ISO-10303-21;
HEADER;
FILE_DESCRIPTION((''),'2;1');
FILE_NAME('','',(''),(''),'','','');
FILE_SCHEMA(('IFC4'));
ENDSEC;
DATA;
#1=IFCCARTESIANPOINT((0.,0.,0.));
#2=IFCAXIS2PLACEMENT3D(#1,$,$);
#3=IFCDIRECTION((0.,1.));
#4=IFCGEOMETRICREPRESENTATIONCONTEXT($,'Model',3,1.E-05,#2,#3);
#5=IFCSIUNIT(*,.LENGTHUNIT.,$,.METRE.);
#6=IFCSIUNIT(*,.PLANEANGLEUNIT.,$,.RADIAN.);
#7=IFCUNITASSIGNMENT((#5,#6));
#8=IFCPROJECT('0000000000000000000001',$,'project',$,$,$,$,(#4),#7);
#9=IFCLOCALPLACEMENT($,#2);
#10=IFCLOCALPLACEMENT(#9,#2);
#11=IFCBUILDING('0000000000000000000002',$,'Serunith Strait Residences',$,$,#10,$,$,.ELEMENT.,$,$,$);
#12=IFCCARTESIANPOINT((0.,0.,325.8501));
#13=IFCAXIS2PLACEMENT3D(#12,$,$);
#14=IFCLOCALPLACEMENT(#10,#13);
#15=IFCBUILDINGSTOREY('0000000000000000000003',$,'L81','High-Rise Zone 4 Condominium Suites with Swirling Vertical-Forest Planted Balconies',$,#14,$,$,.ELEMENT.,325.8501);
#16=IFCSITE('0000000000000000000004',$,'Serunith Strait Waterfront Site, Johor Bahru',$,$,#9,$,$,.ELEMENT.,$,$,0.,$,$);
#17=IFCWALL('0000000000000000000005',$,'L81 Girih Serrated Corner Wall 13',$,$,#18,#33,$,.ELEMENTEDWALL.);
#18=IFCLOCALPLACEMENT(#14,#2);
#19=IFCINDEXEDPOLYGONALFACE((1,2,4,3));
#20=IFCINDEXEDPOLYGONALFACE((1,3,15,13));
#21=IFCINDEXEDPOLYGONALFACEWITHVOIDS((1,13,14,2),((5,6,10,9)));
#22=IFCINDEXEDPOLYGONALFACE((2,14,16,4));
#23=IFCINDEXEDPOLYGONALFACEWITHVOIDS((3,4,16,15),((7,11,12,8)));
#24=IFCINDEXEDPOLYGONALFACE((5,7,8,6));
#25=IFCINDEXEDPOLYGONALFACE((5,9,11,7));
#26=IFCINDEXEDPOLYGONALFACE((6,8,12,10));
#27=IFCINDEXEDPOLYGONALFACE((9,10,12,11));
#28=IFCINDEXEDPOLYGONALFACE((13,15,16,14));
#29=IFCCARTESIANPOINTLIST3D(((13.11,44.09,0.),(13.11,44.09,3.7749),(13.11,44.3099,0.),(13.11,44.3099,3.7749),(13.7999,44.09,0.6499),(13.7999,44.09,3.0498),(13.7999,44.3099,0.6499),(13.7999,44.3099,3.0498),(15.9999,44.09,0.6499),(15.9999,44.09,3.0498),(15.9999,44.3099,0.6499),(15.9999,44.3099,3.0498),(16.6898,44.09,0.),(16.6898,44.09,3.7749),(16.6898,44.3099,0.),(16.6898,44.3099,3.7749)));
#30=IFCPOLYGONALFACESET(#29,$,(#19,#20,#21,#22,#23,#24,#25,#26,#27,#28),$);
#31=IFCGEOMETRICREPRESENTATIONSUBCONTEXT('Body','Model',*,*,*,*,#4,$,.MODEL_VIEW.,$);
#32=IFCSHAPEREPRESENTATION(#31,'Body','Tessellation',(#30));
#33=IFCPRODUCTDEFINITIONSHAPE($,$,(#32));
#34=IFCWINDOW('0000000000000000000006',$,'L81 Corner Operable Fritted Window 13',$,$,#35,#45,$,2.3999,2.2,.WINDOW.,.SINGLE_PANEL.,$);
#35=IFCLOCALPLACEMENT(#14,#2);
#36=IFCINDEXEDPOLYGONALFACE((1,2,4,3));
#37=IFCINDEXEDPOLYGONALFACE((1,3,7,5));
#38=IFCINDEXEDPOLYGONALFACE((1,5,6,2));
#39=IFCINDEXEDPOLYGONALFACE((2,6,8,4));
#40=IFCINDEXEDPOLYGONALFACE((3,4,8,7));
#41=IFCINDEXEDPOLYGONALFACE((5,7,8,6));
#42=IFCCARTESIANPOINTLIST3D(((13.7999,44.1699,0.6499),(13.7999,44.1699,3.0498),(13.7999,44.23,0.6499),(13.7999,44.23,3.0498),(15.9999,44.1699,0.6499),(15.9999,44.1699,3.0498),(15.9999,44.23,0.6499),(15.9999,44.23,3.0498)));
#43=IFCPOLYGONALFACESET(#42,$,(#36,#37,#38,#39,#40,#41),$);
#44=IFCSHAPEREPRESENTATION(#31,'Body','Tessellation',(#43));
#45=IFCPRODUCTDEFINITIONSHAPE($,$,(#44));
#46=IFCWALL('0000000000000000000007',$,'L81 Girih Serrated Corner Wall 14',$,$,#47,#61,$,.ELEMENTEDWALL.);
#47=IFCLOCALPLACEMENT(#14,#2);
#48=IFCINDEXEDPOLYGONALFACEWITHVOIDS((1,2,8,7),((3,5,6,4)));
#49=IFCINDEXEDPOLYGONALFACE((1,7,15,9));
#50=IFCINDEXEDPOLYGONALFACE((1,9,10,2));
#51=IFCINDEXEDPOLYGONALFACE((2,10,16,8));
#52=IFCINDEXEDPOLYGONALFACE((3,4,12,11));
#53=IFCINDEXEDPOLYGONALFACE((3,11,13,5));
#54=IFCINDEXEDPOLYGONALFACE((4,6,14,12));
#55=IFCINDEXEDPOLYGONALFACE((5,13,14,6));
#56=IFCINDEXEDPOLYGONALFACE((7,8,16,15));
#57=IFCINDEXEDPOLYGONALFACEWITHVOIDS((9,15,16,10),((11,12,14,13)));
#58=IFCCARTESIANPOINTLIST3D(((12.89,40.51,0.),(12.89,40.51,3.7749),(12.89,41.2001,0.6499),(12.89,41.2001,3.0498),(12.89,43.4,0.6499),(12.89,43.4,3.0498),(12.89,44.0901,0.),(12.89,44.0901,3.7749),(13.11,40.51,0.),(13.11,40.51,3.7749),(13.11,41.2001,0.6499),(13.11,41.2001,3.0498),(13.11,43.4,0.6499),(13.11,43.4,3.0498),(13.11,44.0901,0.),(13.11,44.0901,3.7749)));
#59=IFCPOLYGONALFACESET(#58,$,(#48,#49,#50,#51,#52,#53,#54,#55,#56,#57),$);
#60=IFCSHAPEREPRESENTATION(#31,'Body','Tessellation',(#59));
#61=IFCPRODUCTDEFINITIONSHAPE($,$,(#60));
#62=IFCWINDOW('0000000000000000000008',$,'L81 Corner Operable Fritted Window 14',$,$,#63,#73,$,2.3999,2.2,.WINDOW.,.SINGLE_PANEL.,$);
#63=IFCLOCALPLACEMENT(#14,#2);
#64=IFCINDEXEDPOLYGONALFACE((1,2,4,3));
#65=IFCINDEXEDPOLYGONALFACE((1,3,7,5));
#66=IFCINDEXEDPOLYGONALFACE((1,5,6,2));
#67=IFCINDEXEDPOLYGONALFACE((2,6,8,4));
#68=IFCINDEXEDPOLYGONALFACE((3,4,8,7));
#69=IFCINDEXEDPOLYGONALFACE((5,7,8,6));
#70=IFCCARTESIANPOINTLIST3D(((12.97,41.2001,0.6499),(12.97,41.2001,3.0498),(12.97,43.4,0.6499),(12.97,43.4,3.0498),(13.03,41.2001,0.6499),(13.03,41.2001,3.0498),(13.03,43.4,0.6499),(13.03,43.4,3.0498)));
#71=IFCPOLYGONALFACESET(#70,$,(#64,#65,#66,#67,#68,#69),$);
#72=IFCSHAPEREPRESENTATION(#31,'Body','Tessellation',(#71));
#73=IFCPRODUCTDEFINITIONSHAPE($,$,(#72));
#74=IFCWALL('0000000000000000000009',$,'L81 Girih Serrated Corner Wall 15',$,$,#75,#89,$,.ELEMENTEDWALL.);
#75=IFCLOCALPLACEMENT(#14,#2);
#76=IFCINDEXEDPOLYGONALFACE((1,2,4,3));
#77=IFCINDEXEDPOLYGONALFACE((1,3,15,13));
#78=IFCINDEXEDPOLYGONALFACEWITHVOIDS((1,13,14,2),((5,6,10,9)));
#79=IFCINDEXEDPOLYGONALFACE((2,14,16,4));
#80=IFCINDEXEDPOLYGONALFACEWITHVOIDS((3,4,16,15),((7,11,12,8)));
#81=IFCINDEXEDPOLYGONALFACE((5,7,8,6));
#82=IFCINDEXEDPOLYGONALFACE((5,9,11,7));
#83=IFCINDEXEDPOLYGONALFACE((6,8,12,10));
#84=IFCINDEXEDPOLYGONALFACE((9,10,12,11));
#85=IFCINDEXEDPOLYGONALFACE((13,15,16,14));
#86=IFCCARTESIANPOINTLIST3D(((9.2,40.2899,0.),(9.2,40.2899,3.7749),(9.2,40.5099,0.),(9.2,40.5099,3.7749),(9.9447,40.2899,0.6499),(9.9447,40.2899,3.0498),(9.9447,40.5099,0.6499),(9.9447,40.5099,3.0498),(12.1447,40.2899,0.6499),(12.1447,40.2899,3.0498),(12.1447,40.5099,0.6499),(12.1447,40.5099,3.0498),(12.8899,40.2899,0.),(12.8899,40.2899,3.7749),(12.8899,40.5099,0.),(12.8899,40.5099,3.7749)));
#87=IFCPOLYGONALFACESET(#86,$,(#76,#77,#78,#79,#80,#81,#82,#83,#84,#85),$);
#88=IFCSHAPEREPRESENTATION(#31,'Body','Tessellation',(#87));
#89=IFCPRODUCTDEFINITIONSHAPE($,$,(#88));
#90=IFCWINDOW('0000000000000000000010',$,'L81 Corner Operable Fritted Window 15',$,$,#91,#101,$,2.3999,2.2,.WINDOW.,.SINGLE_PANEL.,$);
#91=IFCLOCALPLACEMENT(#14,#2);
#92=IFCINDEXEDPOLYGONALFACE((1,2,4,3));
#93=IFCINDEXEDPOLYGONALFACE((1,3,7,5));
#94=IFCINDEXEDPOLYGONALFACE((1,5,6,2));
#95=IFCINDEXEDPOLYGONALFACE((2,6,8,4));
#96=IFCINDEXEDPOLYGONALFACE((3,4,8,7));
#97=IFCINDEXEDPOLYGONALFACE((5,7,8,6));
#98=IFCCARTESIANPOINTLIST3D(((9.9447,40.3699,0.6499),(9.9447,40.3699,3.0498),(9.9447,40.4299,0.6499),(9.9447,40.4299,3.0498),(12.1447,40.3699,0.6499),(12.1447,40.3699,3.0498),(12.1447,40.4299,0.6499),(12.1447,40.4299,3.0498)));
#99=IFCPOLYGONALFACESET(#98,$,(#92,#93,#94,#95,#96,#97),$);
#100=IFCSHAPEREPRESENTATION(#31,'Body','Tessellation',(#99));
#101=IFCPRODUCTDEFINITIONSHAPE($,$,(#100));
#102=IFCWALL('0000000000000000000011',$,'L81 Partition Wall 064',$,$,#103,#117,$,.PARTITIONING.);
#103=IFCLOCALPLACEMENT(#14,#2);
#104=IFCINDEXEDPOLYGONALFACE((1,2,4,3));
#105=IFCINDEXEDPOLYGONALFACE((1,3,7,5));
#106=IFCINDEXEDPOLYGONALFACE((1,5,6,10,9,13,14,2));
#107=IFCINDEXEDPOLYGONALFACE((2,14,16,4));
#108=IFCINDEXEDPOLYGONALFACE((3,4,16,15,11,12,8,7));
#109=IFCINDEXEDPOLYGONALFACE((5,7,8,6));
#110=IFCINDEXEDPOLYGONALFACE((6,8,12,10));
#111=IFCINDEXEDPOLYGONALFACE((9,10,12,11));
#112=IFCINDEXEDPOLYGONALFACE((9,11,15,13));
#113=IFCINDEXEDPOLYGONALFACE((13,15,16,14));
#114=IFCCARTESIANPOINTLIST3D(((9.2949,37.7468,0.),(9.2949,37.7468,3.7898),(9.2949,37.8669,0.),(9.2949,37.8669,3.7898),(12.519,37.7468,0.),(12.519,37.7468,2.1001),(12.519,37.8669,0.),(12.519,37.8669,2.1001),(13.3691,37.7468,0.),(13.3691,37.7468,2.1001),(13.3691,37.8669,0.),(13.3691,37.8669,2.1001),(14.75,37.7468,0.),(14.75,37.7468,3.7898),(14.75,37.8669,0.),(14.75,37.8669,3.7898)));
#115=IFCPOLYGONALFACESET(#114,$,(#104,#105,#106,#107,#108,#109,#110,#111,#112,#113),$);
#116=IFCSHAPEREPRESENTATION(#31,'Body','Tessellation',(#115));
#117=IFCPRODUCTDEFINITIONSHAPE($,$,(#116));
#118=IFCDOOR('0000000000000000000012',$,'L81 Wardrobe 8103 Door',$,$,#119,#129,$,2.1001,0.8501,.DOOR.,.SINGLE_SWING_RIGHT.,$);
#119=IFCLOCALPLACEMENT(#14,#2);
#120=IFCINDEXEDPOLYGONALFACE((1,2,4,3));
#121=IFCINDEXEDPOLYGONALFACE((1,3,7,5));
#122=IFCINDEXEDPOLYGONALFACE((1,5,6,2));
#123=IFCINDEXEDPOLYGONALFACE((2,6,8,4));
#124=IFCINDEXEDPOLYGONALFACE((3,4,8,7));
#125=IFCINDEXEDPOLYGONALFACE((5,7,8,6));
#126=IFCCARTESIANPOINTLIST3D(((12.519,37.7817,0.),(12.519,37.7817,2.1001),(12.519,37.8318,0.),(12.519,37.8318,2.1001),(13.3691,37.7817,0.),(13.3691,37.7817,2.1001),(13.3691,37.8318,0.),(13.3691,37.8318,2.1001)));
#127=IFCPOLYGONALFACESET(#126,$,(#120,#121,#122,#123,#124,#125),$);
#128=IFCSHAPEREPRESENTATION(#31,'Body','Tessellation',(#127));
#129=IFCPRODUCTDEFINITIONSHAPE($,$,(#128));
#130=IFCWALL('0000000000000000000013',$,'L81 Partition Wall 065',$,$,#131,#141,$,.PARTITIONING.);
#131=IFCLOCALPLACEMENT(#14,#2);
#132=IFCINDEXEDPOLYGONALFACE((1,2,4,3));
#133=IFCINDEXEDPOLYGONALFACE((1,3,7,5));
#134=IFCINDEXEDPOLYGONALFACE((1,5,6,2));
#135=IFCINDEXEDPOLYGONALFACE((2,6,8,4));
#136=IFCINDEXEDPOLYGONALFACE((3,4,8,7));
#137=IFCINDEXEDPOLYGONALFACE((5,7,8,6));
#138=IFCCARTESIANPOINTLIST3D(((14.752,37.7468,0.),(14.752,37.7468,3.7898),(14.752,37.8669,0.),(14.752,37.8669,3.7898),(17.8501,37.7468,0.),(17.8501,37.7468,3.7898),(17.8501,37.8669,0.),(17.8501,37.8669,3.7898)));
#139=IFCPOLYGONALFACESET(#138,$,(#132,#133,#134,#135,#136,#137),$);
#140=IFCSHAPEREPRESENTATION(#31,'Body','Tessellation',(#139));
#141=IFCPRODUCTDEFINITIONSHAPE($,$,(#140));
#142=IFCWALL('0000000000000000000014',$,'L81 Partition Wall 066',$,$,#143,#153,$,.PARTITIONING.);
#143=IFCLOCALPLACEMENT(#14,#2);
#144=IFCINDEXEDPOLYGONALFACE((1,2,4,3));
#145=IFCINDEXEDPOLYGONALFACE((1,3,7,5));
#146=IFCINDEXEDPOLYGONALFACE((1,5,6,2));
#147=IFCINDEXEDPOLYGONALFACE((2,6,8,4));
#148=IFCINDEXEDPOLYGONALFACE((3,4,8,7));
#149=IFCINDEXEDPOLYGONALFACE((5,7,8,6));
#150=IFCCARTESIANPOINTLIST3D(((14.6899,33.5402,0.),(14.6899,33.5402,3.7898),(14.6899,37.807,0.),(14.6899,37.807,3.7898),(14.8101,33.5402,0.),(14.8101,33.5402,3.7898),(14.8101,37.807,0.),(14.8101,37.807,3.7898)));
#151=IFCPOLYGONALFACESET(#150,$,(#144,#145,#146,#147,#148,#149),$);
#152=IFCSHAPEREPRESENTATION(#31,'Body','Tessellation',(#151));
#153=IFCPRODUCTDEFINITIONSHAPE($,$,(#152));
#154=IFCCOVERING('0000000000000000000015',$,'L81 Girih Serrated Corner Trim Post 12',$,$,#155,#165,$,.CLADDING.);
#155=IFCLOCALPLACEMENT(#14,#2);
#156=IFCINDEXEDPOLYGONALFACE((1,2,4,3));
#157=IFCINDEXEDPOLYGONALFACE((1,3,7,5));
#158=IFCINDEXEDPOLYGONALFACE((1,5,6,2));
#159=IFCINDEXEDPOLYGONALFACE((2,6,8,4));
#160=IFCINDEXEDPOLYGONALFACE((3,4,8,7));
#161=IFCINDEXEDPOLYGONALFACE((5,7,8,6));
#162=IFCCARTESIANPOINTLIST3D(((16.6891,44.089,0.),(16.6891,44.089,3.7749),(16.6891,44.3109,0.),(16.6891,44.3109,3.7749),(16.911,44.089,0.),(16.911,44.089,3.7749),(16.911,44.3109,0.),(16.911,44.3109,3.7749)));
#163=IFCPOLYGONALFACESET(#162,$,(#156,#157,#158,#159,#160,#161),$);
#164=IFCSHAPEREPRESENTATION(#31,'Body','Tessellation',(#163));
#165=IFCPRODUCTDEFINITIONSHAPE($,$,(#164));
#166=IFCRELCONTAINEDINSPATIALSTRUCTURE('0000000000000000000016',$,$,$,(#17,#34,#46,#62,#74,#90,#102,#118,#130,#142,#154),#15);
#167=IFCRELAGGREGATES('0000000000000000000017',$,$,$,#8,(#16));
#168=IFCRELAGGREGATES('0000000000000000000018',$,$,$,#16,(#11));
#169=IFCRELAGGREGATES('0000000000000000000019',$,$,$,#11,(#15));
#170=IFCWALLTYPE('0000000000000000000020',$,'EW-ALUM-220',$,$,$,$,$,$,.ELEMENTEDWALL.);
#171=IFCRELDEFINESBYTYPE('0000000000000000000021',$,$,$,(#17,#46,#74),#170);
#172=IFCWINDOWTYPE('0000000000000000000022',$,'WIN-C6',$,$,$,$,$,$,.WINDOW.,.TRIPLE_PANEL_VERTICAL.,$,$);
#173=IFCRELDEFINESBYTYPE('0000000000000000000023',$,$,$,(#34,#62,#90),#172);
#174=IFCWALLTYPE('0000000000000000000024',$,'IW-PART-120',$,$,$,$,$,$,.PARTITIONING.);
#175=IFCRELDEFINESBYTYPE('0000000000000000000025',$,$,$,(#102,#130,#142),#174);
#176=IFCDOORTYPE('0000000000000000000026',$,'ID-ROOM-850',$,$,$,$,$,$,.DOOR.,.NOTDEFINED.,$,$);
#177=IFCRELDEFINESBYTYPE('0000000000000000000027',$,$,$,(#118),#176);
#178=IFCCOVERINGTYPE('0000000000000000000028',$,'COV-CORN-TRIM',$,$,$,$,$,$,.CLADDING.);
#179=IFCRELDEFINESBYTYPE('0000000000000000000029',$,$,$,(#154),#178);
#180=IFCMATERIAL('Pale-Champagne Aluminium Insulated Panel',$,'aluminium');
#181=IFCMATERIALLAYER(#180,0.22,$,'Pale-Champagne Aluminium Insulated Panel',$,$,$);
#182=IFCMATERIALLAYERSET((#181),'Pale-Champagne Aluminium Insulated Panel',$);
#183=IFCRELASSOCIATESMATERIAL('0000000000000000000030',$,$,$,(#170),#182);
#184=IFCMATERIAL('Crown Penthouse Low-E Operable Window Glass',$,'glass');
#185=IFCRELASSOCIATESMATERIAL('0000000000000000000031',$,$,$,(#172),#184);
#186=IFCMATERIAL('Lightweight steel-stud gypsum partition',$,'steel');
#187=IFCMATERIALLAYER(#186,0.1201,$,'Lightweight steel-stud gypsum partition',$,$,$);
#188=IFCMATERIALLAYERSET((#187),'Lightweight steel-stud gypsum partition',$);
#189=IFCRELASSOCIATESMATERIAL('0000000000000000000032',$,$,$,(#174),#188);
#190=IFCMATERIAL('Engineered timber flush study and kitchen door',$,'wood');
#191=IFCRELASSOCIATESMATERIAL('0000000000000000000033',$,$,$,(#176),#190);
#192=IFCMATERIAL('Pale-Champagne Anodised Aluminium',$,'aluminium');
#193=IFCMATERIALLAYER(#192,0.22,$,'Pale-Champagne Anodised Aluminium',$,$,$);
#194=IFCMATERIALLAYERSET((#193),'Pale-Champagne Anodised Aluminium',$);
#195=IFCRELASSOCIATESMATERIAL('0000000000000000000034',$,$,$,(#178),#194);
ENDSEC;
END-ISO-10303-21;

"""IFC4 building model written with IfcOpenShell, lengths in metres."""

from ifc_helpers import new_model, si_unit, direction, frame, frame_2d, origin, origin_2d, place, context, subcontext, project, spatial, rectangle, extrude, source, transform, mapped, material, layer, layer_set, type_object, element, fill, save


model = new_model("IFC4")

# Units and contexts
model_context = context("Model", 3, precision=1e-05, world=origin(), true_north=direction((0.0, 1.0)))
body_context = subcontext(model_context, "Body", "Model", "MODEL_VIEW")
ifc_project = project(units=[si_unit("LENGTHUNIT", "METRE"), si_unit("PLANEANGLEUNIT", "RADIAN")], contexts=[model_context])

# Site, building, storey
site_placement = place(None, origin())
site = spatial("IfcSite", under=ifc_project, at=site_placement, Name="Serunith Strait Waterfront Site, Johor Bahru", CompositionType="ELEMENT", RefElevation=0.0)
building_placement = place(site_placement, origin())
building = spatial("IfcBuilding", under=site, at=building_placement, Name="Serunith Strait Residences", CompositionType="ELEMENT")
storey_placement = place(building_placement, frame((0.0, 0.0, 325.8501)))
storey = spatial("IfcBuildingStorey", under=building, at=storey_placement, Name="L81", Description="High-Rise Zone 4 Condominium Suites with Swirling Vertical-Forest Planted Balconies", CompositionType="ELEMENT", Elevation=325.8501)

# Walls, openings, windows
ifc_material_1 = material(Name="Pale-Champagne Aluminium Insulated Panel", Category="aluminium")
ifc_layer_1 = layer(ifc_material_1, 0.22, Name="Pale-Champagne Aluminium Insulated Panel")
ifc_layer_set_1 = layer_set([ifc_layer_1], Name="Pale-Champagne Aluminium Insulated Panel")
wall_type_1 = type_object("IfcWallType", Name="EW-ALUM-220", PredefinedType="ELEMENTEDWALL", material=ifc_layer_set_1)
ifc_material_2 = material(Name="Crown Penthouse Low-E Operable Window Glass", Category="glass")
window_type = type_object("IfcWindowType", Name="WIN-C6", PartitioningType="TRIPLE_PANEL_VERTICAL", PredefinedType="WINDOW", material=ifc_material_2)
shared_shape_1 = source(origin(), body_context, "Body", "SweptSolid", [
    extrude(rectangle(XDim=2.2, YDim=2.3999, at=frame_2d((1.1001, 1.2))), frame((0.0, 0.03, 0.0), z_axis=(0.0, -1.0, 0.0), x_axis=(1.0, 0.0, 0.0)), (0.0, 0.0, 1.0), 0.0601),
])
wall_1_placement = place(storey_placement, frame((16.6899, 44.2, 0.0), z_axis=(0.0, 0.0, 1.0), x_axis=(-1.0, 0.0, 0.0)))
wall_1 = element("IfcWall", 1, at=wall_1_placement, inside=storey, type_object=wall_type_1, Name="L81 Girih Serrated Corner Wall 13", PredefinedType="ELEMENTEDWALL", context=body_context, shape_type="SweptSolid", body=[
    extrude(rectangle(XDim=3.5798, YDim=0.22, at=frame_2d((1.79, 0.0))), origin(), (0.0, 0.0, 1.0), 3.7749),
])
opening_1_placement = place(wall_1_placement, frame((0.6899, 0.0, 0.6499)))
opening_1 = element("IfcOpeningElement", 2, at=opening_1_placement, cuts=wall_1, PredefinedType="OPENING", context=body_context, shape_type="SweptSolid", body=[
    extrude(rectangle(XDim=2.2, YDim=2.3999, at=frame_2d((1.1001, 1.2))), frame((0.0, 0.1201, 0.0), z_axis=(0.0, -1.0, 0.0), x_axis=(1.0, 0.0, 0.0)), (0.0, 0.0, 1.0), 0.24),
])
window_1_placement = place(opening_1_placement, origin())
window_1 = element("IfcWindow", 3, at=window_1_placement, inside=storey, type_object=window_type, Name="L81 Corner Operable Fritted Window 13", OverallHeight=2.3999, OverallWidth=2.2, PartitioningType="SINGLE_PANEL", PredefinedType="WINDOW", context=body_context, shape_type="MappedRepresentation", body=[
    mapped(shared_shape_1, transform((0.0, 0.0, 0.0), scale=1.0)),
])
fill(opening_1, window_1)
wall_2_placement = place(storey_placement, frame((13.0, 44.0901, 0.0), z_axis=(0.0, 0.0, 1.0), x_axis=(0.0, -1.0, 0.0)))
wall_2 = element("IfcWall", 4, at=wall_2_placement, inside=storey, type_object=wall_type_1, Name="L81 Girih Serrated Corner Wall 14", PredefinedType="ELEMENTEDWALL", context=body_context, shape_type="SweptSolid", body=[
    extrude(rectangle(XDim=3.5801, YDim=0.22, at=frame_2d((1.79, 0.0))), origin(), (0.0, 0.0, 1.0), 3.7749),
])
opening_2_placement = place(wall_2_placement, frame((0.6899, 0.0, 0.6499)))
opening_2 = element("IfcOpeningElement", 5, at=opening_2_placement, cuts=wall_2, PredefinedType="OPENING", context=body_context, shape_type="SweptSolid", body=[
    extrude(rectangle(XDim=2.2, YDim=2.3999, at=frame_2d((1.1001, 1.2))), frame((0.0, 0.1201, 0.0), z_axis=(0.0, -1.0, 0.0), x_axis=(1.0, 0.0, 0.0)), (0.0, 0.0, 1.0), 0.24),
])
window_2_placement = place(opening_2_placement, origin())
window_2 = element("IfcWindow", 6, at=window_2_placement, inside=storey, type_object=window_type, Name="L81 Corner Operable Fritted Window 14", OverallHeight=2.3999, OverallWidth=2.2, PartitioningType="SINGLE_PANEL", PredefinedType="WINDOW", context=body_context, shape_type="MappedRepresentation", body=[
    mapped(shared_shape_1, transform((0.0, 0.0, 0.0), scale=1.0)),
])
fill(opening_2, window_2)
wall_3_placement = place(storey_placement, frame((12.8899, 40.3999, 0.0), z_axis=(0.0, 0.0, 1.0), x_axis=(-1.0, 0.0, 0.0)))
wall_3 = element("IfcWall", 7, at=wall_3_placement, inside=storey, type_object=wall_type_1, Name="L81 Girih Serrated Corner Wall 15", PredefinedType="ELEMENTEDWALL", context=body_context, shape_type="SweptSolid", body=[
    extrude(rectangle(XDim=3.6899, YDim=0.22, at=frame_2d((1.845, 0.0))), origin(), (0.0, 0.0, 1.0), 3.7749),
])
opening_3_placement = place(wall_3_placement, frame((0.7451, 0.0, 0.6499)))
opening_3 = element("IfcOpeningElement", 8, at=opening_3_placement, cuts=wall_3, PredefinedType="OPENING", context=body_context, shape_type="SweptSolid", body=[
    extrude(rectangle(XDim=2.2, YDim=2.3999, at=frame_2d((1.1001, 1.2))), frame((0.0, 0.1201, 0.0), z_axis=(0.0, -1.0, 0.0), x_axis=(1.0, 0.0, 0.0)), (0.0, 0.0, 1.0), 0.24),
])
window_3_placement = place(opening_3_placement, origin())
window_3 = element("IfcWindow", 9, at=window_3_placement, inside=storey, type_object=window_type, Name="L81 Corner Operable Fritted Window 15", OverallHeight=2.3999, OverallWidth=2.2, PartitioningType="SINGLE_PANEL", PredefinedType="WINDOW", context=body_context, shape_type="MappedRepresentation", body=[
    mapped(shared_shape_1, transform((0.0, 0.0, 0.0), scale=1.0)),
])
fill(opening_3, window_3)

# Wall, opening, door
ifc_material_3 = material(Name="Lightweight steel-stud gypsum partition", Category="steel")
ifc_layer_2 = layer(ifc_material_3, 0.1201, Name="Lightweight steel-stud gypsum partition")
ifc_layer_set_2 = layer_set([ifc_layer_2], Name="Lightweight steel-stud gypsum partition")
wall_type_2 = type_object("IfcWallType", Name="IW-PART-120", PredefinedType="PARTITIONING", material=ifc_layer_set_2)
wall_4_placement = place(storey_placement, frame((9.2949, 37.8069, 0.0), z_axis=(0.0, 0.0, 1.0), x_axis=(1.0, 0.0, 0.0)))
wall_4 = element("IfcWall", 10, at=wall_4_placement, inside=storey, type_object=wall_type_2, Name="L81 Partition Wall 064", PredefinedType="PARTITIONING", context=body_context, shape_type="SweptSolid", body=[
    extrude(rectangle(XDim=5.4551, YDim=0.1201, at=frame_2d((2.7275, 0.0))), origin(), (0.0, 0.0, 1.0), 3.7898),
])
opening_4_placement = place(wall_4_placement, frame((3.2241, 0.0, 0.0)))
opening_4 = element("IfcOpeningElement", 11, at=opening_4_placement, cuts=wall_4, PredefinedType="OPENING", context=body_context, shape_type="SweptSolid", body=[
    extrude(rectangle(XDim=0.8501, YDim=2.1001, at=frame_2d((0.425, 1.05))), frame((0.0, 0.0701, 0.0), z_axis=(0.0, -1.0, 0.0), x_axis=(1.0, 0.0, 0.0)), (0.0, 0.0, 1.0), 0.1401),
])
ifc_material_4 = material(Name="Engineered timber flush study and kitchen door", Category="wood")
door_type = type_object("IfcDoorType", Name="ID-ROOM-850", OperationType="NOTDEFINED", PredefinedType="DOOR", material=ifc_material_4)
shared_shape_2 = source(origin(), body_context, "Body", "SweptSolid", [
    extrude(rectangle(XDim=0.8501, YDim=2.1001, at=frame_2d((0.425, 1.05))), frame((0.0, 0.0249, 0.0), z_axis=(0.0, -1.0, 0.0), x_axis=(1.0, 0.0, 0.0)), (0.0, 0.0, 1.0), 0.05),
])
door_placement = place(opening_4_placement, origin())
door = element("IfcDoor", 12, at=door_placement, inside=storey, type_object=door_type, Name="L81 Wardrobe 8103 Door", OperationType="SINGLE_SWING_RIGHT", OverallHeight=2.1001, OverallWidth=0.8501, PredefinedType="DOOR", context=body_context, shape_type="MappedRepresentation", body=[
    mapped(shared_shape_2, transform((0.0, 0.0, 0.0), scale=1.0)),
])
fill(opening_4, door)

# Walls
wall_5_placement = place(storey_placement, frame((14.752, 37.8069, 0.0), z_axis=(0.0, 0.0, 1.0), x_axis=(1.0, 0.0, 0.0)))
element("IfcWall", 13, at=wall_5_placement, inside=storey, type_object=wall_type_2, Name="L81 Partition Wall 065", PredefinedType="PARTITIONING", context=body_context, shape_type="SweptSolid", body=[
    extrude(rectangle(XDim=3.0981, YDim=0.1201, at=frame_2d((1.5491, 0.0))), origin(), (0.0, 0.0, 1.0), 3.7898),
])
wall_6_placement = place(storey_placement, frame((14.75, 37.8069, 0.0), z_axis=(0.0, 0.0, 1.0), x_axis=(0.0, -1.0, 0.0)))
element("IfcWall", 14, at=wall_6_placement, inside=storey, type_object=wall_type_2, Name="L81 Partition Wall 066", PredefinedType="PARTITIONING", context=body_context, shape_type="SweptSolid", body=[
    extrude(rectangle(XDim=4.2668, YDim=0.1201, at=frame_2d((2.1333, 0.0))), origin(), (0.0, 0.0, 1.0), 3.7898),
])

# Covering
ifc_material_5 = material(Name="Pale-Champagne Anodised Aluminium", Category="aluminium")
ifc_layer_3 = layer(ifc_material_5, 0.22, Name="Pale-Champagne Anodised Aluminium")
ifc_layer_set_3 = layer_set([ifc_layer_3], Name="Pale-Champagne Anodised Aluminium")
covering_type = type_object("IfcCoveringType", Name="COV-CORN-TRIM", PredefinedType="CLADDING", material=ifc_layer_set_3)
shared_shape_3 = source(origin(), body_context, "Body", "SweptSolid", [
    extrude(rectangle(XDim=0.2219, YDim=0.2219, at=origin_2d()), origin(), (0.0, 0.0, 1.0), 3.7749),
])
for number, where, z_axis, x_axis, name in (
    (15, (16.8, 44.2, 0.0), (0.0, 0.0, 1.0), (1.0, 0.0, 0.0), "L81 Girih Serrated Corner Trim Post 12"),
):
    element("IfcCovering", number, at=place(storey_placement, frame(where, z_axis=z_axis, x_axis=x_axis)), inside=storey, type_object=covering_type, Name=name, PredefinedType="CLADDING", context=body_context, shape_type="MappedRepresentation", body=[
        mapped(shared_shape_3, transform((0.0, 0.0, 0.0), scale=1.0)),
    ])

save(model, "model.ifc")
